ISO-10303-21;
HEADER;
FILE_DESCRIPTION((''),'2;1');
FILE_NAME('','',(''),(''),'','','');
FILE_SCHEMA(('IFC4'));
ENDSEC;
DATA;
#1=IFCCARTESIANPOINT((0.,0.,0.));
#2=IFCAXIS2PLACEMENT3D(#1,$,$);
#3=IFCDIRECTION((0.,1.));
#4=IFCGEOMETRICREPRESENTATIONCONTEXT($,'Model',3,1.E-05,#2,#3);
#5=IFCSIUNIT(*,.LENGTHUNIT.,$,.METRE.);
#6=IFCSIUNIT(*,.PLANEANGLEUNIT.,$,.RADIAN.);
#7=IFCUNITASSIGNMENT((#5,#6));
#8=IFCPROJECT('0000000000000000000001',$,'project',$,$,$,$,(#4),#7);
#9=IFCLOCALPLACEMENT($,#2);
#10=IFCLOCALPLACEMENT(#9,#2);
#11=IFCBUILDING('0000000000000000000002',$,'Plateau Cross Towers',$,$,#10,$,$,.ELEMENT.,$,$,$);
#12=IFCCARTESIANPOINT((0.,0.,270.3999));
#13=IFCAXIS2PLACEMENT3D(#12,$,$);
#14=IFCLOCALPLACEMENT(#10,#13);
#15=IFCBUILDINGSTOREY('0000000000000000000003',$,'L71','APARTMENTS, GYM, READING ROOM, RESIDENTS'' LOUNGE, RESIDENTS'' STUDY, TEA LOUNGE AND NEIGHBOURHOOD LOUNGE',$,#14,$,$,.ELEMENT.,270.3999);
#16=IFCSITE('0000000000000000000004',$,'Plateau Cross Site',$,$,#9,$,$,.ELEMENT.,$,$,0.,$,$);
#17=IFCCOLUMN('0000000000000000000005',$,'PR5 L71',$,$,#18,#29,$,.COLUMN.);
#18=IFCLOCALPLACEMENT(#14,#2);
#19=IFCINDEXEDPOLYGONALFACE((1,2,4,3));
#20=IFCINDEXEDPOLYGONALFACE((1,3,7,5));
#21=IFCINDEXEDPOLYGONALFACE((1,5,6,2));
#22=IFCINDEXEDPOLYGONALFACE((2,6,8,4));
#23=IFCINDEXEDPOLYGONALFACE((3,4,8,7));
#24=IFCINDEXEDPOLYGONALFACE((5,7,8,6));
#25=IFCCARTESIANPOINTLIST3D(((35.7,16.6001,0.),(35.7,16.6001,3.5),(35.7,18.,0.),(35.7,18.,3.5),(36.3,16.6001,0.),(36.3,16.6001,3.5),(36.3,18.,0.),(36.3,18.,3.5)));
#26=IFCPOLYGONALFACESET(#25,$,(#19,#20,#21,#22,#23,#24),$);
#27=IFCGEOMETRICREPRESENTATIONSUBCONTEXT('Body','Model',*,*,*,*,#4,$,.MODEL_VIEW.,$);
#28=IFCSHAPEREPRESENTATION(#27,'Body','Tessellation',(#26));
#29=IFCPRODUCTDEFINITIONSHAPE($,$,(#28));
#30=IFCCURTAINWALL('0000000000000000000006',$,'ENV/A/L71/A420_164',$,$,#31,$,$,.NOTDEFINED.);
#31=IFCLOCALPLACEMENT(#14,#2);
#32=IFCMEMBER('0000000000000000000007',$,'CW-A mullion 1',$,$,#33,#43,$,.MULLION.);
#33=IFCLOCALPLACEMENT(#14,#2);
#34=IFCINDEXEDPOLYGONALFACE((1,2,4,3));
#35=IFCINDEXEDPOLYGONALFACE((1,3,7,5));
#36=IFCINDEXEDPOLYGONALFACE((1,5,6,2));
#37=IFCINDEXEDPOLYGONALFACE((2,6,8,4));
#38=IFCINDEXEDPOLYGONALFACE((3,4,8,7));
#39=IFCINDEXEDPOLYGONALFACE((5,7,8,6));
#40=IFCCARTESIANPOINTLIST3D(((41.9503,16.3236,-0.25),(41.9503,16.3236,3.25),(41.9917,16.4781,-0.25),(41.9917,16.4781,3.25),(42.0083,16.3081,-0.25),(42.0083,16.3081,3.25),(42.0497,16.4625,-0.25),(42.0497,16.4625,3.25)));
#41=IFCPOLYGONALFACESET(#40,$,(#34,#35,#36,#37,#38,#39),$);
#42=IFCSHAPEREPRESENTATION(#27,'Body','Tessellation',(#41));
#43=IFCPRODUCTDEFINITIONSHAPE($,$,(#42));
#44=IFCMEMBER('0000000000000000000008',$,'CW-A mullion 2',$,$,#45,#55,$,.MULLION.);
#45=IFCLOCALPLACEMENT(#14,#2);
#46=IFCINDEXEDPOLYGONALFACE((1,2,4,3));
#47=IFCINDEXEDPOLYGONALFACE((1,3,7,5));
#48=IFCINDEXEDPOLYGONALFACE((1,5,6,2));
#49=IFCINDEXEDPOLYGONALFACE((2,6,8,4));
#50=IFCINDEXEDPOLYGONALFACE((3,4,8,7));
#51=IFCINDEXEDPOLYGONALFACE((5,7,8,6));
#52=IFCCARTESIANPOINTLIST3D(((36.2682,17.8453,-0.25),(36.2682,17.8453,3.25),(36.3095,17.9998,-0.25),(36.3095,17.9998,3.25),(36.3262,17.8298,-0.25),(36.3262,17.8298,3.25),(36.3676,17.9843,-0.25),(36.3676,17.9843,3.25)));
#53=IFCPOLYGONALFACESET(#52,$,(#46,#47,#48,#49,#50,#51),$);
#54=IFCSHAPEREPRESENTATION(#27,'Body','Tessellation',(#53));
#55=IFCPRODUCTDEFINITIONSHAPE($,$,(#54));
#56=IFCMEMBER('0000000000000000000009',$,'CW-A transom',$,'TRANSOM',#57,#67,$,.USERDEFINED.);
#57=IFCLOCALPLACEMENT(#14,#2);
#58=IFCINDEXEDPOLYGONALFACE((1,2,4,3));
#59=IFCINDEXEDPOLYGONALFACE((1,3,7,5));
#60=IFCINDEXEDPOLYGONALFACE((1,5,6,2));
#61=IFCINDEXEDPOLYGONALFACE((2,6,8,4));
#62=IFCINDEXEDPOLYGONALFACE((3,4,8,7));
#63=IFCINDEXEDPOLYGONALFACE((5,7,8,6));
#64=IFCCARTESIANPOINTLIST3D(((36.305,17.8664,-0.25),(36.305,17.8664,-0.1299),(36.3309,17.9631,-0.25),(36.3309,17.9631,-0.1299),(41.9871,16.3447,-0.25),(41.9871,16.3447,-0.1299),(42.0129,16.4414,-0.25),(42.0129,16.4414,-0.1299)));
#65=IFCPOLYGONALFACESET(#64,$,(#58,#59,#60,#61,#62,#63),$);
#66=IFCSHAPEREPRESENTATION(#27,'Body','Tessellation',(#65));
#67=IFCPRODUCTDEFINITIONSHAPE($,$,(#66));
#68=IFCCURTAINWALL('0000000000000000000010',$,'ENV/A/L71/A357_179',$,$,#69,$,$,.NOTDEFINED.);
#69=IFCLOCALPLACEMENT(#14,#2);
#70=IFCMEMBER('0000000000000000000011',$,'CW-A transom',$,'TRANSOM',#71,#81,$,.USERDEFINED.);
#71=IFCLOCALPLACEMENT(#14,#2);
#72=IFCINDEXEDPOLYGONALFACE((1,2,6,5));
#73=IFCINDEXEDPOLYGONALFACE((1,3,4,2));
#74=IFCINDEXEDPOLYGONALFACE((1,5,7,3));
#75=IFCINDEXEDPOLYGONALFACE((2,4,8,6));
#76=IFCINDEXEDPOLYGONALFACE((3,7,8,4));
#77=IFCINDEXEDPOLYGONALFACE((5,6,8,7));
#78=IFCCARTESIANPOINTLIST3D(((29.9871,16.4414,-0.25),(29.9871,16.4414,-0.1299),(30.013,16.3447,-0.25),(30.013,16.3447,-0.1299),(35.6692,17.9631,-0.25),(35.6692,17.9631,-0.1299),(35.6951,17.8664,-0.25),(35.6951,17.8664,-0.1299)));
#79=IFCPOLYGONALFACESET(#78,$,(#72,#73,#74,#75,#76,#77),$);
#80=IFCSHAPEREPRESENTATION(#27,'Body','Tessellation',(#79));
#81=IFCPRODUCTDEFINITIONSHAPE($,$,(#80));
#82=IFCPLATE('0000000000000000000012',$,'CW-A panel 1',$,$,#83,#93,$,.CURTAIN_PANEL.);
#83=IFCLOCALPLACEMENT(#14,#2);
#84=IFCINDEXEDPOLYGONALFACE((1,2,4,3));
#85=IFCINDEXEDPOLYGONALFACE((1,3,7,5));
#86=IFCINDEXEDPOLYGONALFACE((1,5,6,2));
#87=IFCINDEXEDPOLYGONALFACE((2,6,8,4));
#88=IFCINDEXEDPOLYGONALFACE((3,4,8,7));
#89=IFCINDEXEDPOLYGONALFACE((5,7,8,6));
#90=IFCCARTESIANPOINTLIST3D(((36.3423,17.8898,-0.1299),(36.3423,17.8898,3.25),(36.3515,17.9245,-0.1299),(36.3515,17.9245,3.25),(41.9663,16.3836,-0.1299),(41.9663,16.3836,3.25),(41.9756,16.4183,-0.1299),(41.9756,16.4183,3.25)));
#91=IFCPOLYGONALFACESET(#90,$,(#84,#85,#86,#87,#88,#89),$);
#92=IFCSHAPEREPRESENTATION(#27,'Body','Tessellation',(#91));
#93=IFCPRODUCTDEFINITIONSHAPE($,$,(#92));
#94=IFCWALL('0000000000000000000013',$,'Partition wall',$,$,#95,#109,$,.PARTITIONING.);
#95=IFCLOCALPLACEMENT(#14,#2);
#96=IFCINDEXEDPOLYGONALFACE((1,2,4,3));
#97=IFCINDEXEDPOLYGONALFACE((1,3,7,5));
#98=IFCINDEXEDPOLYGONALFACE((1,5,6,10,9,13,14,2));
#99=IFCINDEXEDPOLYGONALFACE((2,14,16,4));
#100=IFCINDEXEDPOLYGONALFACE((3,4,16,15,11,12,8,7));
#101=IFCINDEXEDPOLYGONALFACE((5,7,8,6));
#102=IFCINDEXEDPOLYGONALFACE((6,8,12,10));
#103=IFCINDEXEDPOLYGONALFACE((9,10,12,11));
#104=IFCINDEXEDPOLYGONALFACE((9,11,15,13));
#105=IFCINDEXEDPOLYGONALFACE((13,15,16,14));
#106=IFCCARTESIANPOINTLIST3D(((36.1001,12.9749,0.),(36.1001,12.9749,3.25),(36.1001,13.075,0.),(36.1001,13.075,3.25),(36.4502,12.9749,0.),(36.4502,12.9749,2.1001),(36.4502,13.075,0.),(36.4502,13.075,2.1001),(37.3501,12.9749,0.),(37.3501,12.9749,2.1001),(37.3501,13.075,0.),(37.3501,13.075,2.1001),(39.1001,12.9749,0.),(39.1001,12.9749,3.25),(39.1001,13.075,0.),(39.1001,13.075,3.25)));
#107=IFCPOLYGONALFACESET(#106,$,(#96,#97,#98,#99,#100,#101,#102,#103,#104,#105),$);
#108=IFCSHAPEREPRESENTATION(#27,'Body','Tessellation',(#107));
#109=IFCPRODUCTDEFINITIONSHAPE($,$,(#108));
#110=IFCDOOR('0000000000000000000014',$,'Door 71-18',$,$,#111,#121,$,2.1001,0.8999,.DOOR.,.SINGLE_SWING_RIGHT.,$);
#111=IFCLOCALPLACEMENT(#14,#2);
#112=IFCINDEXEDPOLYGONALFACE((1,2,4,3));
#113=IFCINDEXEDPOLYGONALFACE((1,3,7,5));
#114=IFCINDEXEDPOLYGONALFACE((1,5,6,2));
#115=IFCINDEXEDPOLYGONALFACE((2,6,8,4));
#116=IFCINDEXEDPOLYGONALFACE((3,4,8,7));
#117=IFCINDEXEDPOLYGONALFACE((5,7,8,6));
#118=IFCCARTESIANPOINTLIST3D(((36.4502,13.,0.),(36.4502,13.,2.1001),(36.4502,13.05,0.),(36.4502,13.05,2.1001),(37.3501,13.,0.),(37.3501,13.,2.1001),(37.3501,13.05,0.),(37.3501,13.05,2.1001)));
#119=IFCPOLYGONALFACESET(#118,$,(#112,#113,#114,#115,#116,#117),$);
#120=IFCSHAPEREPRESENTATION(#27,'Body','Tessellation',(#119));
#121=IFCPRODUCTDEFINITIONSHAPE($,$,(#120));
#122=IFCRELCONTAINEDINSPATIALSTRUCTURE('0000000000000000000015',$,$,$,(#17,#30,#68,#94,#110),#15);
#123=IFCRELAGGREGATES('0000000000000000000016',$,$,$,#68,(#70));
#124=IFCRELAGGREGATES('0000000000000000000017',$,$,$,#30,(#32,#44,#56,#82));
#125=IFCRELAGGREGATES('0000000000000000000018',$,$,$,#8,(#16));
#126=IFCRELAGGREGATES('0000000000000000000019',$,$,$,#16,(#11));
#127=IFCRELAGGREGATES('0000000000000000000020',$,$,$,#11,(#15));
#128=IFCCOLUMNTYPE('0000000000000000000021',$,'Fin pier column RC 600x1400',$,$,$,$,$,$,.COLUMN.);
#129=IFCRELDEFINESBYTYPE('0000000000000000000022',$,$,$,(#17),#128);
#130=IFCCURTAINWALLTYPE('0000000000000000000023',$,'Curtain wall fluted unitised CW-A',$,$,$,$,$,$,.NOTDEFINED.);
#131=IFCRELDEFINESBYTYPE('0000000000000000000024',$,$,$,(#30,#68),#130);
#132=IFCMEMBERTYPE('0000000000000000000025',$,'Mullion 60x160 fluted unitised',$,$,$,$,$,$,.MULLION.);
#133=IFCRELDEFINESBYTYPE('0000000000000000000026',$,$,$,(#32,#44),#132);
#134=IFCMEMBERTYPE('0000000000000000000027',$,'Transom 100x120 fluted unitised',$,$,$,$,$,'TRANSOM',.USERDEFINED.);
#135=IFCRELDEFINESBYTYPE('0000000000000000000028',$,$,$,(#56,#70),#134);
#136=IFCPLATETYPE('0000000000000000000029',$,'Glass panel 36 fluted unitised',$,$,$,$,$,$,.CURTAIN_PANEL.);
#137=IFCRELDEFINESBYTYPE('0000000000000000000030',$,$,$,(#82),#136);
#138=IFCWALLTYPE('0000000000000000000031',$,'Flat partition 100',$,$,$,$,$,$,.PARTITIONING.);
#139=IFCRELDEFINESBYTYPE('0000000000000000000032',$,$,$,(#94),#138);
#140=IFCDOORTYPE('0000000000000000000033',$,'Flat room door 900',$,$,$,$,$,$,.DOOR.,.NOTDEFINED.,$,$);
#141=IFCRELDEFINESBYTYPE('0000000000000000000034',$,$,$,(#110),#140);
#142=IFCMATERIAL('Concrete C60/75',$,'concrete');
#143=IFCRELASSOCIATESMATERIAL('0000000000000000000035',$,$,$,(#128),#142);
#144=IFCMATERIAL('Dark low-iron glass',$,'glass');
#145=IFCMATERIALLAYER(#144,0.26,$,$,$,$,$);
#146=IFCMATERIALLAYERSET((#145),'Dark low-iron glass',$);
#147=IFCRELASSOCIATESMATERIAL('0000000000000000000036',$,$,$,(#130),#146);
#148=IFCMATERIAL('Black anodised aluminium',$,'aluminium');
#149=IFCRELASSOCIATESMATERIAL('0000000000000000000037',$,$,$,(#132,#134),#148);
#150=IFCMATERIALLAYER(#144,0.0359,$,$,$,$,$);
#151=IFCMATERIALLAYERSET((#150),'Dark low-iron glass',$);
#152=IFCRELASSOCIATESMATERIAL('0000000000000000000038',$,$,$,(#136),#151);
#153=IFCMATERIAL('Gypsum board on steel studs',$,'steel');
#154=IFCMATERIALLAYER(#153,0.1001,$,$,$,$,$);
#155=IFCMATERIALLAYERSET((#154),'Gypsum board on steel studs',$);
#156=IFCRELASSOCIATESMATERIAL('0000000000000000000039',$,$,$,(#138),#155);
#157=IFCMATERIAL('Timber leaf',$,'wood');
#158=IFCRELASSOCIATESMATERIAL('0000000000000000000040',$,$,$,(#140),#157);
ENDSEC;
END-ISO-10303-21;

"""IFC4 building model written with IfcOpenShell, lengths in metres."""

from ifc_helpers import new_model, si_unit, direction, frame, frame_2d, origin, origin_2d, place, context, subcontext, project, spatial, rectangle, extrude, material, layer, layer_set, material_profile, profile_set, type_object, element, fill, aggregate, save


model = new_model("IFC4")

# Units and contexts
model_context = context("Model", 3, precision=1e-05, world=origin(), true_north=direction((0.0, 1.0)))
body_context = subcontext(model_context, "Body", "Model", "MODEL_VIEW")
ifc_project = project(units=[si_unit("LENGTHUNIT", "METRE"), si_unit("PLANEANGLEUNIT", "RADIAN")], contexts=[model_context])

# Site, building, storey
site_placement = place(None, origin())
site = spatial("IfcSite", under=ifc_project, at=site_placement, Name="Plateau Cross Site", CompositionType="ELEMENT", RefElevation=0.0)
building_placement = place(site_placement, origin())
building = spatial("IfcBuilding", under=site, at=building_placement, Name="Plateau Cross Towers", CompositionType="ELEMENT")
storey_placement = place(building_placement, frame((0.0, 0.0, 270.3999)))
storey = spatial("IfcBuildingStorey", under=building, at=storey_placement, Name="L71", Description="APARTMENTS, GYM, READING ROOM, RESIDENTS' LOUNGE, RESIDENTS' STUDY, TEA LOUNGE AND NEIGHBOURHOOD LOUNGE", CompositionType="ELEMENT", Elevation=270.3999)

# Column
ifc_material_1 = material(Name="Concrete C60/75", Category="concrete")
ifc_material_profile_1 = material_profile(ifc_material_1, rectangle(XDim=0.6001, YDim=1.3999, at=origin_2d()), Name="RC 600x1400")
ifc_profile_set_1 = profile_set([ifc_material_profile_1], Name="Concrete C60/75")
column_type = type_object("IfcColumnType", Name="Fin pier column RC 600x1400", PredefinedType="COLUMN", material=ifc_profile_set_1)
column_placement = place(storey_placement, frame((36.0, 17.3, 0.0), z_axis=(0.0, 0.0, 1.0), x_axis=(1.0, 0.0, 0.0)))
element("IfcColumn", 1, at=column_placement, inside=storey, type_object=column_type, Name="PR5 L71", PredefinedType="COLUMN", context=body_context, shape_type="SweptSolid", body=[
    extrude(rectangle(XDim=0.6001, YDim=1.3999, at=origin_2d()), origin(), (0.0, 0.0, 1.0), 3.5),
])

# Curtain wall, members
ifc_material_2 = material(Name="Dark low-iron glass", Category="glass")
ifc_layer_1 = layer(ifc_material_2, 0.26)
ifc_layer_set_1 = layer_set([ifc_layer_1], Name="Dark low-iron glass")
curtain_wall_type = type_object("IfcCurtainWallType", Name="Curtain wall fluted unitised CW-A", PredefinedType="NOTDEFINED", material=ifc_layer_set_1)
curtain_wall_1_placement = place(storey_placement, origin())
curtain_wall_1 = element("IfcCurtainWall", 2, at=curtain_wall_1_placement, inside=storey, type_object=curtain_wall_type, Name="ENV/A/L71/A420_164", PredefinedType="NOTDEFINED")
ifc_material_3 = material(Name="Black anodised aluminium", Category="aluminium")
ifc_material_profile_2 = material_profile(ifc_material_3, rectangle(XDim=0.0601, YDim=0.1599, at=origin_2d()), Name="MULLION 60x160")
ifc_profile_set_2 = profile_set([ifc_material_profile_2], Name="Black anodised aluminium")
member_type_1 = type_object("IfcMemberType", Name="Mullion 60x160 fluted unitised", PredefinedType="MULLION", material=ifc_profile_set_2)
member_1_placement = place(storey_placement, frame((42.0, 16.3931, -0.25), z_axis=(0.0, 0.0, 1.0), x_axis=(-0.965958, 0.258699, 0.0)))
member_1 = element("IfcMember", 3, at=member_1_placement, type_object=member_type_1, Name="CW-A mullion 1", PredefinedType="MULLION", context=body_context, shape_type="SweptSolid", body=[
    extrude(rectangle(XDim=0.0601, YDim=0.1599, at=origin_2d()), origin(), (0.0, 0.0, 1.0), 3.5),
])
member_2_placement = place(storey_placement, frame((36.3179, 17.9148, -0.25), z_axis=(0.0, 0.0, 1.0), x_axis=(-0.965958, 0.258699, 0.0)))
member_2 = element("IfcMember", 4, at=member_2_placement, type_object=member_type_1, Name="CW-A mullion 2", PredefinedType="MULLION", context=body_context, shape_type="SweptSolid", body=[
    extrude(rectangle(XDim=0.0601, YDim=0.1599, at=origin_2d()), origin(), (0.0, 0.0, 1.0), 3.5),
])
ifc_material_profile_3 = material_profile(ifc_material_3, rectangle(XDim=0.1001, YDim=0.1201, at=origin_2d()), Name="TRANSOM 100x120")
ifc_profile_set_3 = profile_set([ifc_material_profile_3], Name="Black anodised aluminium")
member_type_2 = type_object("IfcMemberType", Name="Transom 100x120 fluted unitised", ElementType="TRANSOM", PredefinedType="USERDEFINED", material=ifc_profile_set_3)
member_3_placement = place(storey_placement, frame((42.0, 16.3931, -0.1899), z_axis=(-0.96596, 0.258693, 0.0), x_axis=(-0.258693, -0.96596, 0.0)))
member_3 = element("IfcMember", 5, at=member_3_placement, type_object=member_type_2, Name="CW-A transom", ObjectType="TRANSOM", PredefinedType="USERDEFINED", context=body_context, shape_type="SweptSolid", body=[
    extrude(rectangle(XDim=0.1001, YDim=0.1201, at=origin_2d()), origin(), (0.0, 0.0, 1.0), 5.8823),
])

# Curtain wall, member
curtain_wall_2_placement = place(storey_placement, origin())
curtain_wall_2 = element("IfcCurtainWall", 6, at=curtain_wall_2_placement, inside=storey, type_object=curtain_wall_type, Name="ENV/A/L71/A357_179", PredefinedType="NOTDEFINED")
member_4_placement = place(storey_placement, frame((35.6821, 17.9148, -0.1899), z_axis=(-0.96596, -0.258693, 0.0), x_axis=(0.258693, -0.96596, 0.0)))
member_4 = element("IfcMember", 7, at=member_4_placement, type_object=member_type_2, Name="CW-A transom", ObjectType="TRANSOM", PredefinedType="USERDEFINED", context=body_context, shape_type="SweptSolid", body=[
    extrude(rectangle(XDim=0.1001, YDim=0.1201, at=origin_2d()), origin(), (0.0, 0.0, 1.0), 5.8823),
])
aggregate(curtain_wall_2, [member_4])

# Plate
ifc_layer_2 = layer(ifc_material_2, 0.0359)
ifc_layer_set_2 = layer_set([ifc_layer_2], Name="Dark low-iron glass")
plate_type = type_object("IfcPlateType", Name="Glass panel 36 fluted unitised", PredefinedType="CURTAIN_PANEL", material=ifc_layer_set_2)
plate_placement = place(storey_placement, frame((39.1589, 17.1541, -0.1299), z_axis=(0.0, 0.0, 1.0), x_axis=(-0.965958, 0.258699, 0.0)))
plate = element("IfcPlate", 8, at=plate_placement, type_object=plate_type, Name="CW-A panel 1", PredefinedType="CURTAIN_PANEL", context=body_context, shape_type="SweptSolid", body=[
    extrude(rectangle(XDim=5.8223, YDim=0.0359, at=origin_2d()), origin(), (0.0, 0.0, 1.0), 3.3799),
])
aggregate(curtain_wall_1, [member_1, member_2, member_3, plate])

# Wall, opening, door
ifc_material_4 = material(Name="Gypsum board on steel studs", Category="steel")
ifc_layer_3 = layer(ifc_material_4, 0.1001)
ifc_layer_set_3 = layer_set([ifc_layer_3], Name="Gypsum board on steel studs")
wall_type_1 = type_object("IfcWallType", Name="Flat partition 100", PredefinedType="PARTITIONING", material=ifc_layer_set_3)
wall_1_placement = place(storey_placement, frame((39.1001, 13.0249, 0.0), z_axis=(0.0, 0.0, 1.0), x_axis=(-1.0, 0.0, 0.0)))
wall_1 = element("IfcWall", 9, at=wall_1_placement, inside=storey, type_object=wall_type_1, Name="Partition wall", PredefinedType="PARTITIONING", context=body_context, shape_type="SweptSolid", body=[
    extrude(rectangle(XDim=3.0, YDim=0.1001, at=frame_2d((1.5, 0.0))), origin(), (0.0, 0.0, 1.0), 3.25),
])
opening_1_placement = place(wall_1_placement, frame((1.75, 0.0, 0.0)))
opening_1 = element("IfcOpeningElement", 10, at=opening_1_placement, cuts=wall_1, PredefinedType="OPENING", context=body_context, shape_type="SweptSolid", body=[
    extrude(rectangle(XDim=0.8999, YDim=2.1001, at=frame_2d((0.45, 1.05))), frame((0.0, 0.0601, 0.0), z_axis=(0.0, -1.0, 0.0), x_axis=(1.0, 0.0, 0.0)), (0.0, 0.0, 1.0), 0.1201),
])
ifc_material_5 = material(Name="Timber leaf", Category="wood")
door_type_1 = type_object("IfcDoorType", Name="Flat room door 900", OperationType="NOTDEFINED", PredefinedType="DOOR", material=ifc_material_5)
door_1_placement = place(opening_1_placement, origin())
door_1 = element("IfcDoor", 11, at=door_1_placement, inside=storey, type_object=door_type_1, Name="Door 71-18", OperationType="SINGLE_SWING_RIGHT", OverallHeight=2.1001, OverallWidth=0.8999, PredefinedType="DOOR", context=body_context, shape_type="SweptSolid", body=[
    extrude(rectangle(XDim=0.8999, YDim=2.1001, at=frame_2d((0.45, 1.05))), frame((0.0, 0.0249, 0.0), z_axis=(0.0, -1.0, 0.0), x_axis=(1.0, 0.0, 0.0)), (0.0, 0.0, 1.0), 0.05),
])
fill(opening_1, door_1)

save(model, "model.ifc")
